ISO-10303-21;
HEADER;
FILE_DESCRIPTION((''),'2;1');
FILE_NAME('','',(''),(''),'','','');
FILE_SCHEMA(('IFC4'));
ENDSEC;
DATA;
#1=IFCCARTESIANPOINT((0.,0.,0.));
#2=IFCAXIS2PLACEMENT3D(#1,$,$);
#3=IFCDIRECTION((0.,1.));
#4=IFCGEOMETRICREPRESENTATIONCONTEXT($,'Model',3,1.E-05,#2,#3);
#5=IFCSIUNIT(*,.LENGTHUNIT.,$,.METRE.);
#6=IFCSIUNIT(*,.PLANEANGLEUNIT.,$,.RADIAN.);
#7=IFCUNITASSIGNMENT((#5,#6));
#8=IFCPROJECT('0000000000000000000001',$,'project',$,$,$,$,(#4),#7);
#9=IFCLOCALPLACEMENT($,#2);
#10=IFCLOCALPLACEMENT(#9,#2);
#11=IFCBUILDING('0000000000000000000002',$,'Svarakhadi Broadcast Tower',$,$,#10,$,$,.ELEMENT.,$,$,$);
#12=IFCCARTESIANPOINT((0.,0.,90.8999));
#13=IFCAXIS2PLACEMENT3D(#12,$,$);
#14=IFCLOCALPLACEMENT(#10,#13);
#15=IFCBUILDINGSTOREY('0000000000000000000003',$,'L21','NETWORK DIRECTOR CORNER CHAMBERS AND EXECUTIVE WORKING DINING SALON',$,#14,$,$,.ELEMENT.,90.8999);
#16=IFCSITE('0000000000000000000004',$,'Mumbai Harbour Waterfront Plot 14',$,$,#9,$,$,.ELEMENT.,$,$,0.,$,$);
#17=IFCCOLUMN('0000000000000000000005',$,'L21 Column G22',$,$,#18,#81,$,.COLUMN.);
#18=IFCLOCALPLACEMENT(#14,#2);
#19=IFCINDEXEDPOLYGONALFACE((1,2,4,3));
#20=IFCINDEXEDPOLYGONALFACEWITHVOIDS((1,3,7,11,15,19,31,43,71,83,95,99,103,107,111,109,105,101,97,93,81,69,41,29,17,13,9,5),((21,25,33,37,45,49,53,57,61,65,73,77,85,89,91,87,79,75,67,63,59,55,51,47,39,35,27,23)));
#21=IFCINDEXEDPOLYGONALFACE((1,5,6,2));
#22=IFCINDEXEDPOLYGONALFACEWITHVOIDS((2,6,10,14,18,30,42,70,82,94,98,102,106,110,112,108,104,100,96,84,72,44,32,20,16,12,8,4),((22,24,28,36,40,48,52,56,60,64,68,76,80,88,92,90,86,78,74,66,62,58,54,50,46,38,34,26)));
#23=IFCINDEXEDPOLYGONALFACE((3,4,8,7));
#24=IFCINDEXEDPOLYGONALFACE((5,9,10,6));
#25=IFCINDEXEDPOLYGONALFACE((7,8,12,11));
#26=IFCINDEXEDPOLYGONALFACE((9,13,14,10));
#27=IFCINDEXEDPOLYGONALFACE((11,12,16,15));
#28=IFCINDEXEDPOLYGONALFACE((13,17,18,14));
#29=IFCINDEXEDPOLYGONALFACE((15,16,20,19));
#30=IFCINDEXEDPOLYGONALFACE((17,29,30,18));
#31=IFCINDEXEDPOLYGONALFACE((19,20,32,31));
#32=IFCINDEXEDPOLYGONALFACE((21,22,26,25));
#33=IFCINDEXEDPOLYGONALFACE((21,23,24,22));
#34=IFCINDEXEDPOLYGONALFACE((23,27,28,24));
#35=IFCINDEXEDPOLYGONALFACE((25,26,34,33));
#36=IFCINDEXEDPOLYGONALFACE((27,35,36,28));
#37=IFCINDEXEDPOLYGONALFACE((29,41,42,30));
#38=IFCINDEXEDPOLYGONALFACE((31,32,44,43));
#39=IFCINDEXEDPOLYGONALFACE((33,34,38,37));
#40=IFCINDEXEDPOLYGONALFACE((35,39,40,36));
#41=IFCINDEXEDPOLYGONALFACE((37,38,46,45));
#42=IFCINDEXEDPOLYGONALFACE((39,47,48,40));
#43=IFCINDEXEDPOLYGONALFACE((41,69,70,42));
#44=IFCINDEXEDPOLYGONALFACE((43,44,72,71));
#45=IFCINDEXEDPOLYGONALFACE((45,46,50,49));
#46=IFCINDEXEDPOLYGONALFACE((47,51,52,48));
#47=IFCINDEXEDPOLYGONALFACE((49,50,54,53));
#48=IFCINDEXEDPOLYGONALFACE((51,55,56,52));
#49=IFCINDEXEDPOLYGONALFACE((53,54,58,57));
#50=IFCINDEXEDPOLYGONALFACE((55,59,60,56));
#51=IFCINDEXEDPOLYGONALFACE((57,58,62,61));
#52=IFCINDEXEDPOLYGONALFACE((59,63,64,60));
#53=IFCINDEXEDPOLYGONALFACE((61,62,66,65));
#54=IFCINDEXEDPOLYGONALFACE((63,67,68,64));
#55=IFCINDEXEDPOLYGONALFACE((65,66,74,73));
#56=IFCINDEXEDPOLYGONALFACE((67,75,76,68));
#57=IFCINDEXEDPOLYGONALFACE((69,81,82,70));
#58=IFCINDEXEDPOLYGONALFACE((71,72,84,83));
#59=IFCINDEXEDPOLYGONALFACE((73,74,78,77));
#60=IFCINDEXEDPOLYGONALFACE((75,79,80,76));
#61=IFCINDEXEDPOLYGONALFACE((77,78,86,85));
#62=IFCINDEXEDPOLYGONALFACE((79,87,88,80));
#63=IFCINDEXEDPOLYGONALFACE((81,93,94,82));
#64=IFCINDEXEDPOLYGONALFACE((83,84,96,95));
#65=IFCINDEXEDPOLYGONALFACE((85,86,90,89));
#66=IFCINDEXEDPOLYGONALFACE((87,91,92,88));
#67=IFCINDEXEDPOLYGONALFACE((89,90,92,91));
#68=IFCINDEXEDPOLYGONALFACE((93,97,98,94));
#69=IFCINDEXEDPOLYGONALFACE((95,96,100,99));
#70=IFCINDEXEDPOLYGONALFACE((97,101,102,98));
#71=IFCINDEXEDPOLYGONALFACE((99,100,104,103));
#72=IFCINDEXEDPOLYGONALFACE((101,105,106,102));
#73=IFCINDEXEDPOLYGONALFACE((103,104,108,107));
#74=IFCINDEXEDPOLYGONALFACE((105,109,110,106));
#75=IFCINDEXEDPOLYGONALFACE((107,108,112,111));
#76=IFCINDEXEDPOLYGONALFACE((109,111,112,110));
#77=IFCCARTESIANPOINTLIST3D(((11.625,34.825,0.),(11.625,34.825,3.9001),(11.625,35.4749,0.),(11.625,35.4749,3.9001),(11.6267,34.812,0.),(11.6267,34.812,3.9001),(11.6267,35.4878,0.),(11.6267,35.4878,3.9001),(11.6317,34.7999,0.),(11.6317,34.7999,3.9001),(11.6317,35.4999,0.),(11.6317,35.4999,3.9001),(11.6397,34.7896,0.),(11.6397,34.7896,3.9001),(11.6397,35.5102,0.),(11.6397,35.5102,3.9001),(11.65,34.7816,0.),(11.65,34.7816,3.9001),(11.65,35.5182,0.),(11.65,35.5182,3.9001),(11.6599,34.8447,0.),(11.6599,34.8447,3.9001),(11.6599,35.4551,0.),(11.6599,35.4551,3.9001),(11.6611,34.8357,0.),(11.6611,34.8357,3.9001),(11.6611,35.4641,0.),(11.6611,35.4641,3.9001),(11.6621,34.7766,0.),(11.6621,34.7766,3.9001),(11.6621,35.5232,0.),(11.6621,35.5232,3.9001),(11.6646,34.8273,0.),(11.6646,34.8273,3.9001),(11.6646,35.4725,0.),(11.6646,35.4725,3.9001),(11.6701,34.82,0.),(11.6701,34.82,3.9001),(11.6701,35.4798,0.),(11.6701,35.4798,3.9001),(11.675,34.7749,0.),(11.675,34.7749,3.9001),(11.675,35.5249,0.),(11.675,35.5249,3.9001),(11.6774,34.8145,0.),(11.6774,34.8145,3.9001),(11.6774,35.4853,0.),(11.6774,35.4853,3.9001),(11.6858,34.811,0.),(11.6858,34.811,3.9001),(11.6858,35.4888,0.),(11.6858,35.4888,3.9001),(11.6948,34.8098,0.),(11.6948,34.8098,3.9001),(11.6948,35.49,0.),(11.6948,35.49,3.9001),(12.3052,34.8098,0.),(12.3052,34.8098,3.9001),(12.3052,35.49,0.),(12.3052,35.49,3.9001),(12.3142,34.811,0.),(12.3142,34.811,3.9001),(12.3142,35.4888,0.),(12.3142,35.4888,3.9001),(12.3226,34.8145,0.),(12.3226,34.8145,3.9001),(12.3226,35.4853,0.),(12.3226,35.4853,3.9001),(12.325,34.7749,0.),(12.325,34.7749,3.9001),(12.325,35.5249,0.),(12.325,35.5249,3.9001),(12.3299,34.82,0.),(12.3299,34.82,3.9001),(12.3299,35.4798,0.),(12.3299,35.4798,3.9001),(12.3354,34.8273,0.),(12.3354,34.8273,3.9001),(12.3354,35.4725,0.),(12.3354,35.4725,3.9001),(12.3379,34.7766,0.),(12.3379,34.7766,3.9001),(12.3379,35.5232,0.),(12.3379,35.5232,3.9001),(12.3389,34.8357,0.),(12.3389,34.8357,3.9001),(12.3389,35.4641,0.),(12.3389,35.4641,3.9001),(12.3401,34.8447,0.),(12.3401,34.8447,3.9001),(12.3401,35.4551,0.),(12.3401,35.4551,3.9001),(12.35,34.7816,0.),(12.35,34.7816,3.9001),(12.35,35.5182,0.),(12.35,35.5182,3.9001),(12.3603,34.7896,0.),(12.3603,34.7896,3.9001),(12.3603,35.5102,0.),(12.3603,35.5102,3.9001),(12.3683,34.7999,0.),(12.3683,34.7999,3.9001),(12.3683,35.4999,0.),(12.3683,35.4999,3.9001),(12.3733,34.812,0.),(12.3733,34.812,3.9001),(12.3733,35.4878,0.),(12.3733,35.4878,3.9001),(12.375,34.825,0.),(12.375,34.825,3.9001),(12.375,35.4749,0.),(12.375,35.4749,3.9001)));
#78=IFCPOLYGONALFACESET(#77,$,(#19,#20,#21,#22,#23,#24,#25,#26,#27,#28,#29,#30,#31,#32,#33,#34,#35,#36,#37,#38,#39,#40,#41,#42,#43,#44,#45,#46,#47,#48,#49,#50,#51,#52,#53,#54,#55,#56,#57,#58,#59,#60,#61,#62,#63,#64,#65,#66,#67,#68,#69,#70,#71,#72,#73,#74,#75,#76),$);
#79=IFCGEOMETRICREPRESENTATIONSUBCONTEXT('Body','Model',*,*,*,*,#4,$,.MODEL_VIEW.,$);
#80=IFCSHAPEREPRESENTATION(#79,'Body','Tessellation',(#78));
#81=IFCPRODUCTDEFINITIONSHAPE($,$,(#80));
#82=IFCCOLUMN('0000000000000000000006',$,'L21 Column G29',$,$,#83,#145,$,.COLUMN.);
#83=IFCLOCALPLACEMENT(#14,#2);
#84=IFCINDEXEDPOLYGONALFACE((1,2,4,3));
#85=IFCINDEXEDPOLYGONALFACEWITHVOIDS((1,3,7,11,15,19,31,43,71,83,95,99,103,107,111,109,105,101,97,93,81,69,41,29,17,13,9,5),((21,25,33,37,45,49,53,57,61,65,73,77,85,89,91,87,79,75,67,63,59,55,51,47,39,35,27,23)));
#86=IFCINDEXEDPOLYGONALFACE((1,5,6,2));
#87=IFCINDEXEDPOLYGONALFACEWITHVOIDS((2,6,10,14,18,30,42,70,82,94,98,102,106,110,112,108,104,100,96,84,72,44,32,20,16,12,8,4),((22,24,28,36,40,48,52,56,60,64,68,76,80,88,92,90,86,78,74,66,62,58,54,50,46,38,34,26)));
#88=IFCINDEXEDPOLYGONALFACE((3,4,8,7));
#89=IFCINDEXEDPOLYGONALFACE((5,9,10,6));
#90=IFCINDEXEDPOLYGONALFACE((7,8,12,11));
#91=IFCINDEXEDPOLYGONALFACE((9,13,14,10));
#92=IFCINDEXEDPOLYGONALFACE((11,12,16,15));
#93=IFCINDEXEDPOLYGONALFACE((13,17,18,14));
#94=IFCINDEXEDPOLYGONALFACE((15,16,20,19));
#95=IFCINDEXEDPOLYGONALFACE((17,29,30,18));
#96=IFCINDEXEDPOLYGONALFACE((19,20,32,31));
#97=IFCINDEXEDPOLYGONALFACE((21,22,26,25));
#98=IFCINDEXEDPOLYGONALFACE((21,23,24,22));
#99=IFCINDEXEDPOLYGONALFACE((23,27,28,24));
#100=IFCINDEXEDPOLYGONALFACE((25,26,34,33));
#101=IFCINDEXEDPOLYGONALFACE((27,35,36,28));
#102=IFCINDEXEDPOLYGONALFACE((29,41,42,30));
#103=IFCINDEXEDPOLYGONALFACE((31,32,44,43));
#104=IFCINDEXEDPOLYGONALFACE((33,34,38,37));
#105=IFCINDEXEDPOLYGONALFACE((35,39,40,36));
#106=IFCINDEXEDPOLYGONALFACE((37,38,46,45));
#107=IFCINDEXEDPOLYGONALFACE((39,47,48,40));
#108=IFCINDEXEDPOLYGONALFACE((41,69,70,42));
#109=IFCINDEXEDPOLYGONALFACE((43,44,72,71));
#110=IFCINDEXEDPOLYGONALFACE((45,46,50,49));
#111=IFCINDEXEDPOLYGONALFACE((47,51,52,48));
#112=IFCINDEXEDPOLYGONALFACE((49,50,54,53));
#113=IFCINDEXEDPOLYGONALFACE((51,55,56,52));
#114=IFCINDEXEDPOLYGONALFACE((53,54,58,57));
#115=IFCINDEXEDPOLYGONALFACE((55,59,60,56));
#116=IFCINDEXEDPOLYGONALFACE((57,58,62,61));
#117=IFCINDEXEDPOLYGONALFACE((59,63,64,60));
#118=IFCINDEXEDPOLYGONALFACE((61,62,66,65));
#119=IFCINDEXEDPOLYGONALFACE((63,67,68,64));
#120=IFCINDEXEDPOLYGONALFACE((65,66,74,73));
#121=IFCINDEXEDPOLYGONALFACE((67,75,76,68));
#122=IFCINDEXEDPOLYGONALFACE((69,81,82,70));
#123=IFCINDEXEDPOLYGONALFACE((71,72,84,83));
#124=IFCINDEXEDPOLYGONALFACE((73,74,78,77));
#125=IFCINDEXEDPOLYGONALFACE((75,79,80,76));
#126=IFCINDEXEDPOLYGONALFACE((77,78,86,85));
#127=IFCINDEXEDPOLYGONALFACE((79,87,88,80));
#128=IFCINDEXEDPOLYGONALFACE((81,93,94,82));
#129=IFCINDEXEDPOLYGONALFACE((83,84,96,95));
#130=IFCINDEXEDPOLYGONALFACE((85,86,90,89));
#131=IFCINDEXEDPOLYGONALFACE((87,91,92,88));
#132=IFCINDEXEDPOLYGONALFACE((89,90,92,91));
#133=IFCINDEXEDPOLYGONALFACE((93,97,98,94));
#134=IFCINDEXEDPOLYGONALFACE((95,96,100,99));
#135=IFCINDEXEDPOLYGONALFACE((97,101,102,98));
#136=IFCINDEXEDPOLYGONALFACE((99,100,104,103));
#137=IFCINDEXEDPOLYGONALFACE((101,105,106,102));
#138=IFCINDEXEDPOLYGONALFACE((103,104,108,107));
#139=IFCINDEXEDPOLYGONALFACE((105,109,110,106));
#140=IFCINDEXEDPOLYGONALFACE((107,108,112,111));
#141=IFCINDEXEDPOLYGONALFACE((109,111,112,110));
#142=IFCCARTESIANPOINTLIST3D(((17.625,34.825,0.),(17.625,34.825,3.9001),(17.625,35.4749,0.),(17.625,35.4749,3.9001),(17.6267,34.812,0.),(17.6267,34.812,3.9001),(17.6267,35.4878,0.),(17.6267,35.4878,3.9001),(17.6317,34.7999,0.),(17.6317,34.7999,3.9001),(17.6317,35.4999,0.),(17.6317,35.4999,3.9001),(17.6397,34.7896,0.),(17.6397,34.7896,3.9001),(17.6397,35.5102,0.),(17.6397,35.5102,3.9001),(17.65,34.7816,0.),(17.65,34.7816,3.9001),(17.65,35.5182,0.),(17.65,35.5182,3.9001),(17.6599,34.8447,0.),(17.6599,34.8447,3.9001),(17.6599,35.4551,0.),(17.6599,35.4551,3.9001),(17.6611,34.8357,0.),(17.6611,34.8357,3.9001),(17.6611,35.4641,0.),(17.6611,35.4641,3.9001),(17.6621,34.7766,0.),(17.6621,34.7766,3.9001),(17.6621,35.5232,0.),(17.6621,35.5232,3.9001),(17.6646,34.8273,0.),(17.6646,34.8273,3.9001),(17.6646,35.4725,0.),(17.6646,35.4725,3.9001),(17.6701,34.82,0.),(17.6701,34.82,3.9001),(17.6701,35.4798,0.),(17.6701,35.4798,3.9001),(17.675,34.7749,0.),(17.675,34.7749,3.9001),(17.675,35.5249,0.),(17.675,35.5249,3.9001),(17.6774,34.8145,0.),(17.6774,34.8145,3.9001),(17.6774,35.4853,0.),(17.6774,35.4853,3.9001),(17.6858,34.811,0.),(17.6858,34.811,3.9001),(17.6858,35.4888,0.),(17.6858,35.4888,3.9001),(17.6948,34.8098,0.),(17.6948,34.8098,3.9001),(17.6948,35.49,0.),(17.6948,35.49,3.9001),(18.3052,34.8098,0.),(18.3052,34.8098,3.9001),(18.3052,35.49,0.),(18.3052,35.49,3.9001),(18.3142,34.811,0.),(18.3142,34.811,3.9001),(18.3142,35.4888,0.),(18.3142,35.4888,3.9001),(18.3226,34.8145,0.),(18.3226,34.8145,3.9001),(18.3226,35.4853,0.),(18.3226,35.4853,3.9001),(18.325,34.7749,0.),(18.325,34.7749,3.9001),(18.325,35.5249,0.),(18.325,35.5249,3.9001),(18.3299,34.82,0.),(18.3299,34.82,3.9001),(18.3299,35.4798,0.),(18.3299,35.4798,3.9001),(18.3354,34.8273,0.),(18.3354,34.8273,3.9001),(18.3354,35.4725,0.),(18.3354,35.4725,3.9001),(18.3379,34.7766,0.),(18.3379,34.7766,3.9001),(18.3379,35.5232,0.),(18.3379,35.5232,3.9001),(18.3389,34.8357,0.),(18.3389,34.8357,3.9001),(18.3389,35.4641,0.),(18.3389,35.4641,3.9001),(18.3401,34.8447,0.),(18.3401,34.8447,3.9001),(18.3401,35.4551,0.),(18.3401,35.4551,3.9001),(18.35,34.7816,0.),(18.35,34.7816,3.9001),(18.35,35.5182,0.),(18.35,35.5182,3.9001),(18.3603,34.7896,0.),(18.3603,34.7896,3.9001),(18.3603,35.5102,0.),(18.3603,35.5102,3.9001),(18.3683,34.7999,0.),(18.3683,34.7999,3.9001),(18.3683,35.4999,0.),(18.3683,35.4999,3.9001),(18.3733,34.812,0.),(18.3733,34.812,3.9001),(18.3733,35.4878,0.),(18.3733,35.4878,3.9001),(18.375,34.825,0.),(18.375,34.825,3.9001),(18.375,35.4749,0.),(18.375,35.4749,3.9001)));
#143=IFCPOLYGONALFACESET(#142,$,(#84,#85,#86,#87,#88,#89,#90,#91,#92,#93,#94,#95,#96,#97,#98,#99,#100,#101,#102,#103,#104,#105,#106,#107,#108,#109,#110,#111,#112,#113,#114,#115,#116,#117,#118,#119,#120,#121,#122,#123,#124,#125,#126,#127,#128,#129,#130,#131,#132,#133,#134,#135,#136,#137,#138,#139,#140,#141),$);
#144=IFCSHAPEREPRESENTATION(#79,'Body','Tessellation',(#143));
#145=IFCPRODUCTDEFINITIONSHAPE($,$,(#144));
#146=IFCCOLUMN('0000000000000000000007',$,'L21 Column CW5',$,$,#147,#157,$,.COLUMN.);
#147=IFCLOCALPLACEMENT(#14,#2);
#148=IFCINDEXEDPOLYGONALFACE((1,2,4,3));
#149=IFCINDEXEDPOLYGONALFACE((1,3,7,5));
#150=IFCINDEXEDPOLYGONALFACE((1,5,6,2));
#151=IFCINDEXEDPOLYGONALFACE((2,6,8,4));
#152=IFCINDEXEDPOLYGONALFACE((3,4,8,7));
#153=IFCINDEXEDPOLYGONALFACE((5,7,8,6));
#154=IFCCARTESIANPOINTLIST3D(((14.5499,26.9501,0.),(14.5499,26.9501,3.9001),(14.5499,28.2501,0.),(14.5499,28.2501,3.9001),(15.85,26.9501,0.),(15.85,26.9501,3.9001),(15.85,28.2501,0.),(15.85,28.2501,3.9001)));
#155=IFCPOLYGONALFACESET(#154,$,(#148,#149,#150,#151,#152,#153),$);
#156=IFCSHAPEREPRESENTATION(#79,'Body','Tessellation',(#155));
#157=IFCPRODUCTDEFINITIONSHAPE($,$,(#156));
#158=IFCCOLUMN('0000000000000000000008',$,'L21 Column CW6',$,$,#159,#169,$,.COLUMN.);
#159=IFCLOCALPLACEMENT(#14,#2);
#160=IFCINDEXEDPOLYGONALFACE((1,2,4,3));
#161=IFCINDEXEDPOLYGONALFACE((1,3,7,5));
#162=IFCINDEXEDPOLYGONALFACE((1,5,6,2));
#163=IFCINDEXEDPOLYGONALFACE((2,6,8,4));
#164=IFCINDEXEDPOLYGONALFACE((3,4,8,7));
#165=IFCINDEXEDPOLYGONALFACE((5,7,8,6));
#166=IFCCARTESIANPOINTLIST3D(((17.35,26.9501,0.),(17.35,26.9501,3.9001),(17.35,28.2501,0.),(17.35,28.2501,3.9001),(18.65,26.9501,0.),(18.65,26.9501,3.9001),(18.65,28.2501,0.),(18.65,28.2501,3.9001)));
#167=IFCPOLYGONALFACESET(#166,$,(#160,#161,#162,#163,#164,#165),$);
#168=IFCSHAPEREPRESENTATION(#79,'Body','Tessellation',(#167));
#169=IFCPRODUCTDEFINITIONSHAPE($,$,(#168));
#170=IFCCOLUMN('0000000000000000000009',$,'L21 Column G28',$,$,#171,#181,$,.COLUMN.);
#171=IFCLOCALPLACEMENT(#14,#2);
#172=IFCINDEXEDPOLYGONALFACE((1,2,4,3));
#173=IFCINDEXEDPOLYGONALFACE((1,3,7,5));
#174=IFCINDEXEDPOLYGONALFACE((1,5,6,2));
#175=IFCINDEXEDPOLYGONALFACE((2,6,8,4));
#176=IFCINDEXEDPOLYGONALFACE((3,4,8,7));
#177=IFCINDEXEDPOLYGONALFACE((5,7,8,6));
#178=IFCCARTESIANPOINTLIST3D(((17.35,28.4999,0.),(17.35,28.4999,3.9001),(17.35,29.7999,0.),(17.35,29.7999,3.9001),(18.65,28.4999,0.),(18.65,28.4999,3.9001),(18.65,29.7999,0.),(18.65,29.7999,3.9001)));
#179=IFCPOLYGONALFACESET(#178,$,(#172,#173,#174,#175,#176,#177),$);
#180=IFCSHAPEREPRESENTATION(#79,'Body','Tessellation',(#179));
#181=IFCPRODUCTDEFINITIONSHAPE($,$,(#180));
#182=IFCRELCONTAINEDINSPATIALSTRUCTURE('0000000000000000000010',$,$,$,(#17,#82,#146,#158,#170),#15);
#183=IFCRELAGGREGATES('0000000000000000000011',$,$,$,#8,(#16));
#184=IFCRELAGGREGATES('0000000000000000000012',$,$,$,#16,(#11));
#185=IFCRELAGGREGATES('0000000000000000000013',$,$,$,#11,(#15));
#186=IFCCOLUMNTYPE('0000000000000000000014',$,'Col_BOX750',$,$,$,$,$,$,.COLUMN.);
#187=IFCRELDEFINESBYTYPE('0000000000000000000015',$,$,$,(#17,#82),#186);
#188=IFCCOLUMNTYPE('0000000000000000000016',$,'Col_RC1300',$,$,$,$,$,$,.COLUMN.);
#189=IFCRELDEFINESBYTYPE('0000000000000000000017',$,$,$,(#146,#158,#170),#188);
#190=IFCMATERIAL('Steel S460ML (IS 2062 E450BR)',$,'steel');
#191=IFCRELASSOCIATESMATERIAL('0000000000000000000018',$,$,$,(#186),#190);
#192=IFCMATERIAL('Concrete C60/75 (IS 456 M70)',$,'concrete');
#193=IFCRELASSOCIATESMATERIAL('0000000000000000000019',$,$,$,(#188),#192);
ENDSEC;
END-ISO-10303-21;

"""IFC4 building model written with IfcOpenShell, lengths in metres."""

from ifc_helpers import new_model, si_unit, direction, frame, origin, origin_2d, place, context, subcontext, project, spatial, rectangle, hollow_rectangle, extrude, material, material_profile, profile_set, type_object, element, save


model = new_model("IFC4")

# Units and contexts
model_context = context("Model", 3, precision=1e-05, world=origin(), true_north=direction((0.0, 1.0)))
body_context = subcontext(model_context, "Body", "Model", "MODEL_VIEW")
ifc_project = project(units=[si_unit("LENGTHUNIT", "METRE"), si_unit("PLANEANGLEUNIT", "RADIAN")], contexts=[model_context])

# Site, building, storey
site_placement = place(None, origin())
site = spatial("IfcSite", under=ifc_project, at=site_placement, Name="Mumbai Harbour Waterfront Plot 14", CompositionType="ELEMENT", RefElevation=0.0)
building_placement = place(site_placement, origin())
building = spatial("IfcBuilding", under=site, at=building_placement, Name="Svarakhadi Broadcast Tower", CompositionType="ELEMENT")
storey_placement = place(building_placement, frame((0.0, 0.0, 90.8999)))
storey = spatial("IfcBuildingStorey", under=building, at=storey_placement, Name="L21", Description="NETWORK DIRECTOR CORNER CHAMBERS AND EXECUTIVE WORKING DINING SALON", CompositionType="ELEMENT", Elevation=90.8999)

# Columns
ifc_material_1 = material(Name="Steel S460ML (IS 2062 E450BR)", Category="steel")
ifc_material_profile_1 = material_profile(ifc_material_1, hollow_rectangle(XDim=0.75, YDim=0.75, WallThickness=0.0349, InnerFilletRadius=0.0349, OuterFilletRadius=0.05, at=origin_2d()), Name="BOX 750x750x35")
ifc_profile_set_1 = profile_set([ifc_material_profile_1], Name="Steel S460ML (IS 2062 E450BR)")
column_type_1 = type_object("IfcColumnType", Name="Col_BOX750", PredefinedType="COLUMN", material=ifc_profile_set_1)
for number, where, z_axis, x_axis, name in (
    (1, (12.0, 35.1499, 0.0), (0.0, 0.0, 1.0), (1.0, 0.0, 0.0), "L21 Column G22"),
    (2, (18.0, 35.1499, 0.0), (0.0, 0.0, 1.0), (1.0, 0.0, 0.0), "L21 Column G29"),
):
    element("IfcColumn", number, at=place(storey_placement, frame(where, z_axis=z_axis, x_axis=x_axis)), inside=storey, type_object=column_type_1, Name=name, PredefinedType="COLUMN", context=body_context, shape_type="SweptSolid", body=[
        extrude(hollow_rectangle(XDim=0.75, YDim=0.75, WallThickness=0.0349, InnerFilletRadius=0.0349, OuterFilletRadius=0.05, at=origin_2d()), origin(), (0.0, 0.0, 1.0), 3.9001),
    ])
ifc_material_2 = material(Name="Concrete C60/75 (IS 456 M70)", Category="concrete")
ifc_material_profile_2 = material_profile(ifc_material_2, rectangle(XDim=1.3, YDim=1.3, at=origin_2d()), Name="RC 1300x1300")
ifc_profile_set_2 = profile_set([ifc_material_profile_2], Name="Concrete C60/75 (IS 456 M70)")
column_type_2 = type_object("IfcColumnType", Name="Col_RC1300", PredefinedType="COLUMN", material=ifc_profile_set_2)
for number, where, z_axis, x_axis, name in (
    (3, (15.2, 27.6001, 0.0), (0.0, 0.0, 1.0), (1.0, 0.0, 0.0), "L21 Column CW5"),
    (4, (18.0, 27.6001, 0.0), (0.0, 0.0, 1.0), (1.0, 0.0, 0.0), "L21 Column CW6"),
    (5, (18.0, 29.1499, 0.0), (0.0, 0.0, 1.0), (1.0, 0.0, 0.0), "L21 Column G28"),
):
    element("IfcColumn", number, at=place(storey_placement, frame(where, z_axis=z_axis, x_axis=x_axis)), inside=storey, type_object=column_type_2, Name=name, PredefinedType="COLUMN", context=body_context, shape_type="SweptSolid", body=[
        extrude(rectangle(XDim=1.3, YDim=1.3, at=origin_2d()), origin(), (0.0, 0.0, 1.0), 3.9001),
    ])

save(model, "model.ifc")
